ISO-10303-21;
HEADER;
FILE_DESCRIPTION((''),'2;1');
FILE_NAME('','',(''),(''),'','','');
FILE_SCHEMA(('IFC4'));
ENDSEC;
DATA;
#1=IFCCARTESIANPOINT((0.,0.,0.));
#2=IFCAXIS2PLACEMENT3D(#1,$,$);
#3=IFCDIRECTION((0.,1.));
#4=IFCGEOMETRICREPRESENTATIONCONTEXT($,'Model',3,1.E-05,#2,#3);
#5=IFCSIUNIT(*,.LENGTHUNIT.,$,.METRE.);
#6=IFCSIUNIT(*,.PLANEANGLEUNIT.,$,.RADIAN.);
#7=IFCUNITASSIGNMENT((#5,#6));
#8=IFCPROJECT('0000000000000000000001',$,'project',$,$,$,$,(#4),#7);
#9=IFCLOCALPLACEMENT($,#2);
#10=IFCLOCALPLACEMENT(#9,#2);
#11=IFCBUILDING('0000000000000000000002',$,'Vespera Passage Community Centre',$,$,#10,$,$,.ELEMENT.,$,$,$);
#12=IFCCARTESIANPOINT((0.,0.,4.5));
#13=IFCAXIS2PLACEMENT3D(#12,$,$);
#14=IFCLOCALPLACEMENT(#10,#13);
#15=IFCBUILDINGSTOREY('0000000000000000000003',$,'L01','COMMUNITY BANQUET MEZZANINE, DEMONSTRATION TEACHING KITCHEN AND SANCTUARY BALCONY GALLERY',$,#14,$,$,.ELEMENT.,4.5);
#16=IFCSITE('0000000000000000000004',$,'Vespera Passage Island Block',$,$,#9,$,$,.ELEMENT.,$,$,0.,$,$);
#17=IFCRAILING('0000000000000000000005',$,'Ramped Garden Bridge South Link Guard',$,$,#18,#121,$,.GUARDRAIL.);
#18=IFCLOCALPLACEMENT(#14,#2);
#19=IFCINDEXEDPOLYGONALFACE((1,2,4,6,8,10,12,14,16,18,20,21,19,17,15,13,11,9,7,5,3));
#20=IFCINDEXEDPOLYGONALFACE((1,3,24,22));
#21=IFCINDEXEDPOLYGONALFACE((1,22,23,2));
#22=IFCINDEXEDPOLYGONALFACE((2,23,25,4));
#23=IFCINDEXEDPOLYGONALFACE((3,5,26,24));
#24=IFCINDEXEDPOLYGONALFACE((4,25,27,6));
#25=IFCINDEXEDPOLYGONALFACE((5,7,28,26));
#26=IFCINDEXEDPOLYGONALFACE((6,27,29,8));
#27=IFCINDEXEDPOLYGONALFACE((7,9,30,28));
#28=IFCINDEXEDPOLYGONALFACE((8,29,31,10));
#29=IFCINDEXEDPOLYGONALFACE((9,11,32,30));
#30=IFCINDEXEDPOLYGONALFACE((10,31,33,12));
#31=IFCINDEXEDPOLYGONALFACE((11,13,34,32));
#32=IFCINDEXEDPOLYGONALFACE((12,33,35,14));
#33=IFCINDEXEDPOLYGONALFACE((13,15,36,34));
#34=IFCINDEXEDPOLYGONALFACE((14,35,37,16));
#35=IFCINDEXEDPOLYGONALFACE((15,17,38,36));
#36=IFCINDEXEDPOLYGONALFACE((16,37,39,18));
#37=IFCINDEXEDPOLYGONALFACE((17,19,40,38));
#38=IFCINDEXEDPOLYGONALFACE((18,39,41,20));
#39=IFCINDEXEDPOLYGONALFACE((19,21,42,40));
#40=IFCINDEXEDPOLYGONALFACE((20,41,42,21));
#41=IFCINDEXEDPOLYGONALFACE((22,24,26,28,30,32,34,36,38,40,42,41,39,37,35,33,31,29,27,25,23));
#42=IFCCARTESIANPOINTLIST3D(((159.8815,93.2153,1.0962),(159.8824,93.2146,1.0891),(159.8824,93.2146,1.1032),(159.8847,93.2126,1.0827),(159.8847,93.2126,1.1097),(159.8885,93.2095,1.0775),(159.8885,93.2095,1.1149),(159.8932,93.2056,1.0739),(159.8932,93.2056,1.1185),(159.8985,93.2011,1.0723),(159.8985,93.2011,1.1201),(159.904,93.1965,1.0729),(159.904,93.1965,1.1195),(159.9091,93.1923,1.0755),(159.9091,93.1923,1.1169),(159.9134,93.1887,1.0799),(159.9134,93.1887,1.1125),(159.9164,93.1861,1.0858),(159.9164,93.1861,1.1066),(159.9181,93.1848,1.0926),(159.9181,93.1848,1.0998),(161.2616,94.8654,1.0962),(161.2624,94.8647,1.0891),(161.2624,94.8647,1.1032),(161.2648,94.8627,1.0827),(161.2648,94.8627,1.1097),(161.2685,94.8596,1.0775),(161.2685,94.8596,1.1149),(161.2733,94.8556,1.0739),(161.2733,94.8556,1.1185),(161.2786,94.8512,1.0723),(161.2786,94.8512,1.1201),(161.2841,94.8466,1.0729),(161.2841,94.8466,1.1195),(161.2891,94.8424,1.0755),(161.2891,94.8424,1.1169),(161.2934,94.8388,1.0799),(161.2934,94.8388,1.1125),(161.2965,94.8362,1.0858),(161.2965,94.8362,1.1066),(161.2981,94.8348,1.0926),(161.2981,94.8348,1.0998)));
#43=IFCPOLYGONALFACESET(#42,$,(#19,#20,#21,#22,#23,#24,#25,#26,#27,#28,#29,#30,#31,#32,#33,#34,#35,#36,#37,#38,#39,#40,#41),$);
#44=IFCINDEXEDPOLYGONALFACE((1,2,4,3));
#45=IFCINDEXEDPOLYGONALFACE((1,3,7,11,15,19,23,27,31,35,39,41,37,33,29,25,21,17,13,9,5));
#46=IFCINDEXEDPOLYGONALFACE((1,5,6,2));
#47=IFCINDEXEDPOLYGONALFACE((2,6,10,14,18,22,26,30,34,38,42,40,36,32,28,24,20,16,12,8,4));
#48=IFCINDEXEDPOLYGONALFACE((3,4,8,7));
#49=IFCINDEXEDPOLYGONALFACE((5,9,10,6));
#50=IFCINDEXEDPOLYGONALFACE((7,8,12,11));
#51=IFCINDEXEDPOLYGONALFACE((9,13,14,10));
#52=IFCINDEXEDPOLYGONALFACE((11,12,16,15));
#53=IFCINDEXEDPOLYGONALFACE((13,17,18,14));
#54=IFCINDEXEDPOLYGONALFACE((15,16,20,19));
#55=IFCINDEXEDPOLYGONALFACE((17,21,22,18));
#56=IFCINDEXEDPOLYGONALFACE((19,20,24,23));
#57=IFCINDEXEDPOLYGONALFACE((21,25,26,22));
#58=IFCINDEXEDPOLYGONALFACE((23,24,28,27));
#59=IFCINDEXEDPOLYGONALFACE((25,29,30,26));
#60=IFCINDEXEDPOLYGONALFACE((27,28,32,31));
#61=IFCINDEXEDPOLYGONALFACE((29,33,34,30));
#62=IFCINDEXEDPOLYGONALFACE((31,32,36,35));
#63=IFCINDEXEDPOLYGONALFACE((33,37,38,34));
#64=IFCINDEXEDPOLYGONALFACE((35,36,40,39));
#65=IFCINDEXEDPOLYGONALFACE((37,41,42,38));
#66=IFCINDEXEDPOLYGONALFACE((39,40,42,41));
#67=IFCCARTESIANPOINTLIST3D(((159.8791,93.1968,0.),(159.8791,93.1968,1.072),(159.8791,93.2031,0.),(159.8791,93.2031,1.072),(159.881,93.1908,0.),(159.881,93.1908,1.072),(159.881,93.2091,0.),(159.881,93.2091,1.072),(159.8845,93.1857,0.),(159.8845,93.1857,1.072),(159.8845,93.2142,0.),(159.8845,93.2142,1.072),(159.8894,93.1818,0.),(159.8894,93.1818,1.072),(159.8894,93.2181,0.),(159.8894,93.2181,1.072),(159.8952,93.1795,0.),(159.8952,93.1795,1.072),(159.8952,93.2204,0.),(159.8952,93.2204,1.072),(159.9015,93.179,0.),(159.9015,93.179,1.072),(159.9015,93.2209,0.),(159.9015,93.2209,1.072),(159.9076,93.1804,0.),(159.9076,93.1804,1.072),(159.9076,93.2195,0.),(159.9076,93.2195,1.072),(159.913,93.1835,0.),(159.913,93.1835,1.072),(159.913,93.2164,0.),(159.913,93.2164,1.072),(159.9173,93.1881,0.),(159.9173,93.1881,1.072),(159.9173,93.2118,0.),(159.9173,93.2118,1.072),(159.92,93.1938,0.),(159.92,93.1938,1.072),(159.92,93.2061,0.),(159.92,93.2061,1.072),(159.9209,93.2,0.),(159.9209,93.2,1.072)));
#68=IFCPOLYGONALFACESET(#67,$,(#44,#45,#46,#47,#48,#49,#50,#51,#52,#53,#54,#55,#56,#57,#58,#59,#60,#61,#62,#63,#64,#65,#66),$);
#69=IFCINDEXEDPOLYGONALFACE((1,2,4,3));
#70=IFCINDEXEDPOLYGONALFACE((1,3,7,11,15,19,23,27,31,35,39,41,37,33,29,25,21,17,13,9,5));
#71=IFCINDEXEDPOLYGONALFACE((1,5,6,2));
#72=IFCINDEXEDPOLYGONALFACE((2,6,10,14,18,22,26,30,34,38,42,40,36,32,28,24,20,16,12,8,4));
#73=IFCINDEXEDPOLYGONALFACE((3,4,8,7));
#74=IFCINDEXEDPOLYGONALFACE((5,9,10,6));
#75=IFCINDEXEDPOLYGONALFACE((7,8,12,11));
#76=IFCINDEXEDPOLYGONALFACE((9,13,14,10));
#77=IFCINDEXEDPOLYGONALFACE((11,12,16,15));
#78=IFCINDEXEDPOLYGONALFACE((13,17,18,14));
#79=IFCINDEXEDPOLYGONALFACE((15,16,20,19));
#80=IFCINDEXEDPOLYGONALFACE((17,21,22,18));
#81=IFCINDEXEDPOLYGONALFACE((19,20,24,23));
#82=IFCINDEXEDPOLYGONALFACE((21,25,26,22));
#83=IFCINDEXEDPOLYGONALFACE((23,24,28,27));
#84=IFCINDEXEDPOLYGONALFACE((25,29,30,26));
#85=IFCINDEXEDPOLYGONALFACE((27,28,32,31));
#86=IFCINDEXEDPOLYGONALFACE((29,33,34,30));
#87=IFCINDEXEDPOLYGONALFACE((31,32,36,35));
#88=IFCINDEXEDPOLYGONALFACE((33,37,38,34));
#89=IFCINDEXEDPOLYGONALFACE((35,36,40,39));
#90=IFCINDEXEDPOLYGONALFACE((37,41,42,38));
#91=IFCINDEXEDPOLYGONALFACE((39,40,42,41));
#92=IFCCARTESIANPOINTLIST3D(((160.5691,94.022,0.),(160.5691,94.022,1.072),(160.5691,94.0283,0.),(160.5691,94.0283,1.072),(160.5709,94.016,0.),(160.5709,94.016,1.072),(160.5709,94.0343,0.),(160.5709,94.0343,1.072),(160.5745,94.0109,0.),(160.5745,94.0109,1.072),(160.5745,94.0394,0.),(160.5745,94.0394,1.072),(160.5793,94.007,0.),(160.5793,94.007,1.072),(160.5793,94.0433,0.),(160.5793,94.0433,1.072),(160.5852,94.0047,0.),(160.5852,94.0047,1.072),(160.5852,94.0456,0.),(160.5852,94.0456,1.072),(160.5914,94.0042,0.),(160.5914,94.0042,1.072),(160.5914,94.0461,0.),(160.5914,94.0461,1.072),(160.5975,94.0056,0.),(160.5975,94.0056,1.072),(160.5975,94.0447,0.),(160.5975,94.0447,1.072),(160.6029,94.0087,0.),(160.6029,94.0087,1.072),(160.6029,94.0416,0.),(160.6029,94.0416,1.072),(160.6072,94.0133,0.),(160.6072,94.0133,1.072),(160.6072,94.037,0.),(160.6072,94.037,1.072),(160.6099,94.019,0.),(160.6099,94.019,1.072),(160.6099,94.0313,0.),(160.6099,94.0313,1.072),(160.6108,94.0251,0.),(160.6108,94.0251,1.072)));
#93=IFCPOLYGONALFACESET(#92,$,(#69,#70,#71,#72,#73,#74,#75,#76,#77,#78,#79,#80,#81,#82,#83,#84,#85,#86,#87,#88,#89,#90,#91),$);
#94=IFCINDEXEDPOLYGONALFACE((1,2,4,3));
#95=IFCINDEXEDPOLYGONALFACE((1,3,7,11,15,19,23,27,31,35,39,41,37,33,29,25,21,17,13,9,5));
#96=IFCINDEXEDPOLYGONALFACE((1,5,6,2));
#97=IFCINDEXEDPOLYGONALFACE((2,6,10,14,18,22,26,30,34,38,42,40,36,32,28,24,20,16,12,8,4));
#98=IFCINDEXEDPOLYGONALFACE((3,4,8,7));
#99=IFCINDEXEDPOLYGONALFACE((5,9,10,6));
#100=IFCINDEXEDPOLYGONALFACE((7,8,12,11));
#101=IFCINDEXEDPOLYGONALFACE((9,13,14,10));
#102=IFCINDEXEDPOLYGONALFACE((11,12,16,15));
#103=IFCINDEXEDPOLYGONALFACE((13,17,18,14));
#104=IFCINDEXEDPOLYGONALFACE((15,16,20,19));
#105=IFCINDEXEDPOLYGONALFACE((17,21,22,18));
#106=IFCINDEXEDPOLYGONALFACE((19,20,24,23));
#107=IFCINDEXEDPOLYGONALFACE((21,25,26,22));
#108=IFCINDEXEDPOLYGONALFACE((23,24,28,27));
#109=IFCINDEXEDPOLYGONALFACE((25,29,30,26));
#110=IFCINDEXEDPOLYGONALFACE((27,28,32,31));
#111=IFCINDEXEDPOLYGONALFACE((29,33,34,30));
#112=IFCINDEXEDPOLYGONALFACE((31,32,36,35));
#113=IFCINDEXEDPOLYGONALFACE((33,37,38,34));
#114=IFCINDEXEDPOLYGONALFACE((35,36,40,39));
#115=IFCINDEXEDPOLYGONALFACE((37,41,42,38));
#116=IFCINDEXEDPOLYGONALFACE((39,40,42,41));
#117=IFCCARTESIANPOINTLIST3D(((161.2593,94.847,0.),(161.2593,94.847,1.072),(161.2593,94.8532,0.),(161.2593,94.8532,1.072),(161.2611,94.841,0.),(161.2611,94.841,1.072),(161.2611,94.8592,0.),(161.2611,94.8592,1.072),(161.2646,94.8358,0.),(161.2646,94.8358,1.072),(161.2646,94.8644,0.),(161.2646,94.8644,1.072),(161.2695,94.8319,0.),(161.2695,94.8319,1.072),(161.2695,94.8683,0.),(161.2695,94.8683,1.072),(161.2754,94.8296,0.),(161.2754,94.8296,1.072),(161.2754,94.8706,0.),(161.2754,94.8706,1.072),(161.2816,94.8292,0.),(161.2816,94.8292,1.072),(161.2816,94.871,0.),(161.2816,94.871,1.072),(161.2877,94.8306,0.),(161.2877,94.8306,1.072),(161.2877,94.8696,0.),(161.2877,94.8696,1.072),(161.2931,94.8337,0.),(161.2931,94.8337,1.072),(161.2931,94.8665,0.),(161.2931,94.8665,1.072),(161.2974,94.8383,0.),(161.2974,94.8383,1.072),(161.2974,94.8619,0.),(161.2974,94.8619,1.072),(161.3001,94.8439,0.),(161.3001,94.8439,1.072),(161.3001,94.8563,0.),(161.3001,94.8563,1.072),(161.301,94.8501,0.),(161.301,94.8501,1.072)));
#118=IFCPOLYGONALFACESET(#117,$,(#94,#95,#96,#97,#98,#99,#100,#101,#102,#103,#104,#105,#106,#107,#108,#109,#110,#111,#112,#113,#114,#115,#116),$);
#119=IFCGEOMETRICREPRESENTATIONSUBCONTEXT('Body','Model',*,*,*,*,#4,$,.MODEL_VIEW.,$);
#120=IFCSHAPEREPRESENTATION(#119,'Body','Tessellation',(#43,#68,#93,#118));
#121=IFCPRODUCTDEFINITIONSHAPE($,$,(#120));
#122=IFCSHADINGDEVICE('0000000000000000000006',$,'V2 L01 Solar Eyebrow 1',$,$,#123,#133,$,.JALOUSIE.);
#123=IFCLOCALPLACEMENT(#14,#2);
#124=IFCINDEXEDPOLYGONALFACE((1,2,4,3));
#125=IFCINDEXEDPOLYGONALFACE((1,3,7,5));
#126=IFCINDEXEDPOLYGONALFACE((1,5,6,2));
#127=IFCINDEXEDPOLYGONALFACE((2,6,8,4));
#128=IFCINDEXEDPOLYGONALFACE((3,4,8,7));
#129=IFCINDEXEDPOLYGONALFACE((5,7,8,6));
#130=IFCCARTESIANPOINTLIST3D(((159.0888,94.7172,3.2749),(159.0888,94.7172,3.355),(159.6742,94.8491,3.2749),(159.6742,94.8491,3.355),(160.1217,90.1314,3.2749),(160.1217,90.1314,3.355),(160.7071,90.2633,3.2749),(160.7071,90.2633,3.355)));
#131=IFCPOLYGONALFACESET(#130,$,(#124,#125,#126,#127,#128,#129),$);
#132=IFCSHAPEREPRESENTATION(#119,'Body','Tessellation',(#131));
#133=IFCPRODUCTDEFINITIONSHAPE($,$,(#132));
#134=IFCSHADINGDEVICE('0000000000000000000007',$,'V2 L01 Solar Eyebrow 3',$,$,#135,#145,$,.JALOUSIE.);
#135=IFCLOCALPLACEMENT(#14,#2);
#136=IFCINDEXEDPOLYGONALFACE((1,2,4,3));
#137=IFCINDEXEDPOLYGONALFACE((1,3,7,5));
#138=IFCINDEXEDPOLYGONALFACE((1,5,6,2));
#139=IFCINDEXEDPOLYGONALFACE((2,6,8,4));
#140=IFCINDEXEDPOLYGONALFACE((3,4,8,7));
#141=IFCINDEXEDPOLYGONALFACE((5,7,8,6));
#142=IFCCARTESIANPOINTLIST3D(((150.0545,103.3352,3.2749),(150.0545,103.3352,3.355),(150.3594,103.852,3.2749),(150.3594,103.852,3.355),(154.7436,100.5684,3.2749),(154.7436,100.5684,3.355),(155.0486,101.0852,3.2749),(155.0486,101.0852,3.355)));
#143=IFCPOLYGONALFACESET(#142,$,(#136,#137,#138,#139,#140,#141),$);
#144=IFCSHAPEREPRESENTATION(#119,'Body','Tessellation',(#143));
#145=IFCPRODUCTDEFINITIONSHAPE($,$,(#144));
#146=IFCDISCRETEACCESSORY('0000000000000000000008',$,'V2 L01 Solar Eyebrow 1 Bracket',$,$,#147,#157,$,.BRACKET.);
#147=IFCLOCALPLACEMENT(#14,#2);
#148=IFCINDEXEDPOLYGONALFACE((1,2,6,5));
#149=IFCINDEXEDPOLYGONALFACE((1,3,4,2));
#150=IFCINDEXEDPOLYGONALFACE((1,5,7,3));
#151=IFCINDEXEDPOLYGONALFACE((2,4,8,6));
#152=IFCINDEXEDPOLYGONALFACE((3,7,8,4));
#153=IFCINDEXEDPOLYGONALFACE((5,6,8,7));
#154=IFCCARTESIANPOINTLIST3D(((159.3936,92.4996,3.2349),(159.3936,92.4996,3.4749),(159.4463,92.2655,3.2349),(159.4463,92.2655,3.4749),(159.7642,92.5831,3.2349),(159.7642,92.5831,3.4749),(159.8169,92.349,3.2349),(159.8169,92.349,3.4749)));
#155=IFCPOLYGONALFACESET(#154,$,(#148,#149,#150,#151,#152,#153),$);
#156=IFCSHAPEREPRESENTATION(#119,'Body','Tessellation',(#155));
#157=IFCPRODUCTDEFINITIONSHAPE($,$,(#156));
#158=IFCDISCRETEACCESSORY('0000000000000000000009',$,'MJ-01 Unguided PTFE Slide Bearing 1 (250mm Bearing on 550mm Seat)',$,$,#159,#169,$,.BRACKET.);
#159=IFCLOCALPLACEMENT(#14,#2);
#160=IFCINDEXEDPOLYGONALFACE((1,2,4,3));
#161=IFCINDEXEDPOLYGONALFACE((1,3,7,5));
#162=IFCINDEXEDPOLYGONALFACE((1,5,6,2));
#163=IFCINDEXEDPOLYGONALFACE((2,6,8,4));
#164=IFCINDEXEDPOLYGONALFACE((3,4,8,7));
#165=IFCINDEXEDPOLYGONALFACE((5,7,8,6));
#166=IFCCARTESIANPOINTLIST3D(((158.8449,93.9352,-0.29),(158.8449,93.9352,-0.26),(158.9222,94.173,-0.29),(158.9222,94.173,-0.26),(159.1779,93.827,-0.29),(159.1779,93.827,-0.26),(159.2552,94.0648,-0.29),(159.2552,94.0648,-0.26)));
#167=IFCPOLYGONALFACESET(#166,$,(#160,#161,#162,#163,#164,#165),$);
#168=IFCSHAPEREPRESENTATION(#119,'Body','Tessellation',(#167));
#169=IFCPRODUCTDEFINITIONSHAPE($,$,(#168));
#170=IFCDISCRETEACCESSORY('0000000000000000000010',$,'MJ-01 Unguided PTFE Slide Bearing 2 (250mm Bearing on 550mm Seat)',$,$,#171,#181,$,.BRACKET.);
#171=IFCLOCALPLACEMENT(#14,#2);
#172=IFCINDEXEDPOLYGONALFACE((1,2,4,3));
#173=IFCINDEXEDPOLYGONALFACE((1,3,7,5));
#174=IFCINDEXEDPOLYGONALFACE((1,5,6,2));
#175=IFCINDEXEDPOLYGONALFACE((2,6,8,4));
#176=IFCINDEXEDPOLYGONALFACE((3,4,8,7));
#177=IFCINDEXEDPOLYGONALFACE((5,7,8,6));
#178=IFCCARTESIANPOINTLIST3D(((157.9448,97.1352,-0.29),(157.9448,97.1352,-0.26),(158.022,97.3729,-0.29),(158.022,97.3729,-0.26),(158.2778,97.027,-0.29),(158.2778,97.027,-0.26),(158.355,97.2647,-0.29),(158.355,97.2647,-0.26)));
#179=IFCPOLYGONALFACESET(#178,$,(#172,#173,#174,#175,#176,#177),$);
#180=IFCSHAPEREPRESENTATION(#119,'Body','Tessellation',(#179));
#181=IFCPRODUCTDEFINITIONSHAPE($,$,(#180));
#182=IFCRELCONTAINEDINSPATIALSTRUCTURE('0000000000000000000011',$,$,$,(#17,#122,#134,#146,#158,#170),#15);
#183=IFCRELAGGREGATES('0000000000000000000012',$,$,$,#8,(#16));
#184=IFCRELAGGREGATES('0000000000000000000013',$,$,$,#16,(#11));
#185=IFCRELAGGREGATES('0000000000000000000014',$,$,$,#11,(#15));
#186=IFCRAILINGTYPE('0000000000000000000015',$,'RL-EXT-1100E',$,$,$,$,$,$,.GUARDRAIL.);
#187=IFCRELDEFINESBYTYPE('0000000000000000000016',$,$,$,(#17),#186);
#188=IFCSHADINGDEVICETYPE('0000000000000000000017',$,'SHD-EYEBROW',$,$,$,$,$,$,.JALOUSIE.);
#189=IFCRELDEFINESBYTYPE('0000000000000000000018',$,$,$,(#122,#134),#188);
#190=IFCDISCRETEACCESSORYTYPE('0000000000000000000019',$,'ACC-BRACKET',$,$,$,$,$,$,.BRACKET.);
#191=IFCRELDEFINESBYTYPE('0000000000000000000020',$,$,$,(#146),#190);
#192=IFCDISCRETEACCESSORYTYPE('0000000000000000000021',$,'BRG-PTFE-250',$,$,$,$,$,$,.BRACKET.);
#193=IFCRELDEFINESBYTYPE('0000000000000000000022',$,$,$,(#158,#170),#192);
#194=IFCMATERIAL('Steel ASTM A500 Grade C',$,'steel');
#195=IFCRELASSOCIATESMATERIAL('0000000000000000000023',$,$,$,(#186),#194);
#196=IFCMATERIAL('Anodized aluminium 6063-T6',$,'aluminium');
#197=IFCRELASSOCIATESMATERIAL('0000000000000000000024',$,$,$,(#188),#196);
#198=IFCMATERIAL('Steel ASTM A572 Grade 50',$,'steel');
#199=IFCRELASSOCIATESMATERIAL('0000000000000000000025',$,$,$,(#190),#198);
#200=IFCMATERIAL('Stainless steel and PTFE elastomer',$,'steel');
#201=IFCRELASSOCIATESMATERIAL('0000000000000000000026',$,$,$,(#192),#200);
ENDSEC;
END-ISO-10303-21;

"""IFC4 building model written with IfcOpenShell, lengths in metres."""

from ifc_helpers import new_model, si_unit, direction, frame, origin, origin_2d, place, context, subcontext, project, spatial, rectangle, circle, extrude, material, type_object, element, save


model = new_model("IFC4")

# Units and contexts
model_context = context("Model", 3, precision=1e-05, world=origin(), true_north=direction((0.0, 1.0)))
body_context = subcontext(model_context, "Body", "Model", "MODEL_VIEW")
ifc_project = project(units=[si_unit("LENGTHUNIT", "METRE"), si_unit("PLANEANGLEUNIT", "RADIAN")], contexts=[model_context])

# Site, building, storey
site_placement = place(None, origin())
site = spatial("IfcSite", under=ifc_project, at=site_placement, Name="Vespera Passage Island Block", CompositionType="ELEMENT", RefElevation=0.0)
building_placement = place(site_placement, origin())
building = spatial("IfcBuilding", under=site, at=building_placement, Name="Vespera Passage Community Centre", CompositionType="ELEMENT")
storey_placement = place(building_placement, frame((0.0, 0.0, 4.5)))
storey = spatial("IfcBuildingStorey", under=building, at=storey_placement, Name="L01", Description="COMMUNITY BANQUET MEZZANINE, DEMONSTRATION TEACHING KITCHEN AND SANCTUARY BALCONY GALLERY", CompositionType="ELEMENT", Elevation=4.5)

# Railing
ifc_material_1 = material(Name="Steel ASTM A500 Grade C", Category="steel")
railing_type_1 = type_object("IfcRailingType", Name="RL-EXT-1100E", PredefinedType="GUARDRAIL", material=ifc_material_1)
railing_1_placement = place(storey_placement, frame((159.8999, 93.2, 0.0)))
element("IfcRailing", 1, at=railing_1_placement, inside=storey, type_object=railing_type_1, Name="Ramped Garden Bridge South Link Guard", PredefinedType="GUARDRAIL", context=body_context, shape_type="SweptSolid", body=[
    extrude(circle(Radius=0.0239, at=origin_2d()), frame((0.0, 0.0, 1.0962), z_axis=(0.641556, 0.767076, 0.0), x_axis=(-0.767076, 0.641556, 0.0)), (0.0, 0.0, 1.0), 2.1511),
    extrude(circle(Radius=0.021, at=origin_2d()), origin(), (0.0, 0.0, 1.0), 1.072),
    extrude(circle(Radius=0.021, at=origin_2d()), frame((0.6899, 0.8252, 0.0)), (0.0, 0.0, 1.0), 1.072),
    extrude(circle(Radius=0.021, at=origin_2d()), frame((1.3801, 1.6501, 0.0)), (0.0, 0.0, 1.0), 1.072),
])

# Shading devices
ifc_material_2 = material(Name="Anodized aluminium 6063-T6", Category="aluminium")
shading_device_type = type_object("IfcShadingDeviceType", Name="SHD-EYEBROW", PredefinedType="JALOUSIE", material=ifc_material_2)
shading_device_1_placement = place(storey_placement, frame((159.8979, 92.4902, 3.2749), z_axis=(0.0, 0.0, 1.0), x_axis=(0.219744, -0.975558, 0.0)))
element("IfcShadingDevice", 2, at=shading_device_1_placement, inside=storey, type_object=shading_device_type, Name="V2 L01 Solar Eyebrow 1", PredefinedType="JALOUSIE", context=body_context, shape_type="SweptSolid", body=[
    extrude(rectangle(XDim=4.7007, YDim=0.6001, at=origin_2d()), origin(), (0.0, 0.0, 1.0), 0.0801),
])
shading_device_2_placement = place(storey_placement, frame((152.5515, 102.2102, 3.2749), z_axis=(0.0, 0.0, 1.0), x_axis=(0.861248, -0.508185, 0.0)))
element("IfcShadingDevice", 3, at=shading_device_2_placement, inside=storey, type_object=shading_device_type, Name="V2 L01 Solar Eyebrow 3", PredefinedType="JALOUSIE", context=body_context, shape_type="SweptSolid", body=[
    extrude(rectangle(XDim=5.4446, YDim=0.6001, at=origin_2d()), origin(), (0.0, 0.0, 1.0), 0.0801),
])

# Discrete accessories
ifc_material_3 = material(Name="Steel ASTM A572 Grade 50", Category="steel")
discrete_accessory_type_1 = type_object("IfcDiscreteAccessoryType", Name="ACC-BRACKET", PredefinedType="BRACKET", material=ifc_material_3)
discrete_accessory_placement = place(storey_placement, frame((159.6052, 92.4243, 3.2349), z_axis=(0.0, 0.0, 1.0), x_axis=(0.219744, -0.975558, 0.0)))
element("IfcDiscreteAccessory", 4, at=discrete_accessory_placement, inside=storey, type_object=discrete_accessory_type_1, Name="V2 L01 Solar Eyebrow 1 Bracket", PredefinedType="BRACKET", context=body_context, shape_type="SweptSolid", body=[
    extrude(rectangle(XDim=0.24, YDim=0.3799, at=origin_2d()), origin(), (0.0, 0.0, 1.0), 0.24),
])
ifc_material_4 = material(Name="Stainless steel and PTFE elastomer", Category="steel")
discrete_accessory_type_2 = type_object("IfcDiscreteAccessoryType", Name="BRG-PTFE-250", PredefinedType="BRACKET", material=ifc_material_4)
for number, where, z_axis, x_axis, name in (
    (5, (159.05, 94.0, -0.29), (0.0, 0.0, 1.0), (0.309017, 0.951057, 0.0), "MJ-01 Unguided PTFE Slide Bearing 1 (250mm Bearing on 550mm Seat)"),
    (6, (158.1499, 97.2, -0.29), (0.0, 0.0, 1.0), (0.309017, 0.951057, 0.0), "MJ-01 Unguided PTFE Slide Bearing 2 (250mm Bearing on 550mm Seat)"),
):
    element("IfcDiscreteAccessory", number, at=place(storey_placement, frame(where, z_axis=z_axis, x_axis=x_axis)), inside=storey, type_object=discrete_accessory_type_2, Name=name, PredefinedType="BRACKET", context=body_context, shape_type="SweptSolid", body=[
        extrude(rectangle(XDim=0.25, YDim=0.3501, at=origin_2d()), origin(), (0.0, 0.0, 1.0), 0.03),
    ])

save(model, "model.ifc")
